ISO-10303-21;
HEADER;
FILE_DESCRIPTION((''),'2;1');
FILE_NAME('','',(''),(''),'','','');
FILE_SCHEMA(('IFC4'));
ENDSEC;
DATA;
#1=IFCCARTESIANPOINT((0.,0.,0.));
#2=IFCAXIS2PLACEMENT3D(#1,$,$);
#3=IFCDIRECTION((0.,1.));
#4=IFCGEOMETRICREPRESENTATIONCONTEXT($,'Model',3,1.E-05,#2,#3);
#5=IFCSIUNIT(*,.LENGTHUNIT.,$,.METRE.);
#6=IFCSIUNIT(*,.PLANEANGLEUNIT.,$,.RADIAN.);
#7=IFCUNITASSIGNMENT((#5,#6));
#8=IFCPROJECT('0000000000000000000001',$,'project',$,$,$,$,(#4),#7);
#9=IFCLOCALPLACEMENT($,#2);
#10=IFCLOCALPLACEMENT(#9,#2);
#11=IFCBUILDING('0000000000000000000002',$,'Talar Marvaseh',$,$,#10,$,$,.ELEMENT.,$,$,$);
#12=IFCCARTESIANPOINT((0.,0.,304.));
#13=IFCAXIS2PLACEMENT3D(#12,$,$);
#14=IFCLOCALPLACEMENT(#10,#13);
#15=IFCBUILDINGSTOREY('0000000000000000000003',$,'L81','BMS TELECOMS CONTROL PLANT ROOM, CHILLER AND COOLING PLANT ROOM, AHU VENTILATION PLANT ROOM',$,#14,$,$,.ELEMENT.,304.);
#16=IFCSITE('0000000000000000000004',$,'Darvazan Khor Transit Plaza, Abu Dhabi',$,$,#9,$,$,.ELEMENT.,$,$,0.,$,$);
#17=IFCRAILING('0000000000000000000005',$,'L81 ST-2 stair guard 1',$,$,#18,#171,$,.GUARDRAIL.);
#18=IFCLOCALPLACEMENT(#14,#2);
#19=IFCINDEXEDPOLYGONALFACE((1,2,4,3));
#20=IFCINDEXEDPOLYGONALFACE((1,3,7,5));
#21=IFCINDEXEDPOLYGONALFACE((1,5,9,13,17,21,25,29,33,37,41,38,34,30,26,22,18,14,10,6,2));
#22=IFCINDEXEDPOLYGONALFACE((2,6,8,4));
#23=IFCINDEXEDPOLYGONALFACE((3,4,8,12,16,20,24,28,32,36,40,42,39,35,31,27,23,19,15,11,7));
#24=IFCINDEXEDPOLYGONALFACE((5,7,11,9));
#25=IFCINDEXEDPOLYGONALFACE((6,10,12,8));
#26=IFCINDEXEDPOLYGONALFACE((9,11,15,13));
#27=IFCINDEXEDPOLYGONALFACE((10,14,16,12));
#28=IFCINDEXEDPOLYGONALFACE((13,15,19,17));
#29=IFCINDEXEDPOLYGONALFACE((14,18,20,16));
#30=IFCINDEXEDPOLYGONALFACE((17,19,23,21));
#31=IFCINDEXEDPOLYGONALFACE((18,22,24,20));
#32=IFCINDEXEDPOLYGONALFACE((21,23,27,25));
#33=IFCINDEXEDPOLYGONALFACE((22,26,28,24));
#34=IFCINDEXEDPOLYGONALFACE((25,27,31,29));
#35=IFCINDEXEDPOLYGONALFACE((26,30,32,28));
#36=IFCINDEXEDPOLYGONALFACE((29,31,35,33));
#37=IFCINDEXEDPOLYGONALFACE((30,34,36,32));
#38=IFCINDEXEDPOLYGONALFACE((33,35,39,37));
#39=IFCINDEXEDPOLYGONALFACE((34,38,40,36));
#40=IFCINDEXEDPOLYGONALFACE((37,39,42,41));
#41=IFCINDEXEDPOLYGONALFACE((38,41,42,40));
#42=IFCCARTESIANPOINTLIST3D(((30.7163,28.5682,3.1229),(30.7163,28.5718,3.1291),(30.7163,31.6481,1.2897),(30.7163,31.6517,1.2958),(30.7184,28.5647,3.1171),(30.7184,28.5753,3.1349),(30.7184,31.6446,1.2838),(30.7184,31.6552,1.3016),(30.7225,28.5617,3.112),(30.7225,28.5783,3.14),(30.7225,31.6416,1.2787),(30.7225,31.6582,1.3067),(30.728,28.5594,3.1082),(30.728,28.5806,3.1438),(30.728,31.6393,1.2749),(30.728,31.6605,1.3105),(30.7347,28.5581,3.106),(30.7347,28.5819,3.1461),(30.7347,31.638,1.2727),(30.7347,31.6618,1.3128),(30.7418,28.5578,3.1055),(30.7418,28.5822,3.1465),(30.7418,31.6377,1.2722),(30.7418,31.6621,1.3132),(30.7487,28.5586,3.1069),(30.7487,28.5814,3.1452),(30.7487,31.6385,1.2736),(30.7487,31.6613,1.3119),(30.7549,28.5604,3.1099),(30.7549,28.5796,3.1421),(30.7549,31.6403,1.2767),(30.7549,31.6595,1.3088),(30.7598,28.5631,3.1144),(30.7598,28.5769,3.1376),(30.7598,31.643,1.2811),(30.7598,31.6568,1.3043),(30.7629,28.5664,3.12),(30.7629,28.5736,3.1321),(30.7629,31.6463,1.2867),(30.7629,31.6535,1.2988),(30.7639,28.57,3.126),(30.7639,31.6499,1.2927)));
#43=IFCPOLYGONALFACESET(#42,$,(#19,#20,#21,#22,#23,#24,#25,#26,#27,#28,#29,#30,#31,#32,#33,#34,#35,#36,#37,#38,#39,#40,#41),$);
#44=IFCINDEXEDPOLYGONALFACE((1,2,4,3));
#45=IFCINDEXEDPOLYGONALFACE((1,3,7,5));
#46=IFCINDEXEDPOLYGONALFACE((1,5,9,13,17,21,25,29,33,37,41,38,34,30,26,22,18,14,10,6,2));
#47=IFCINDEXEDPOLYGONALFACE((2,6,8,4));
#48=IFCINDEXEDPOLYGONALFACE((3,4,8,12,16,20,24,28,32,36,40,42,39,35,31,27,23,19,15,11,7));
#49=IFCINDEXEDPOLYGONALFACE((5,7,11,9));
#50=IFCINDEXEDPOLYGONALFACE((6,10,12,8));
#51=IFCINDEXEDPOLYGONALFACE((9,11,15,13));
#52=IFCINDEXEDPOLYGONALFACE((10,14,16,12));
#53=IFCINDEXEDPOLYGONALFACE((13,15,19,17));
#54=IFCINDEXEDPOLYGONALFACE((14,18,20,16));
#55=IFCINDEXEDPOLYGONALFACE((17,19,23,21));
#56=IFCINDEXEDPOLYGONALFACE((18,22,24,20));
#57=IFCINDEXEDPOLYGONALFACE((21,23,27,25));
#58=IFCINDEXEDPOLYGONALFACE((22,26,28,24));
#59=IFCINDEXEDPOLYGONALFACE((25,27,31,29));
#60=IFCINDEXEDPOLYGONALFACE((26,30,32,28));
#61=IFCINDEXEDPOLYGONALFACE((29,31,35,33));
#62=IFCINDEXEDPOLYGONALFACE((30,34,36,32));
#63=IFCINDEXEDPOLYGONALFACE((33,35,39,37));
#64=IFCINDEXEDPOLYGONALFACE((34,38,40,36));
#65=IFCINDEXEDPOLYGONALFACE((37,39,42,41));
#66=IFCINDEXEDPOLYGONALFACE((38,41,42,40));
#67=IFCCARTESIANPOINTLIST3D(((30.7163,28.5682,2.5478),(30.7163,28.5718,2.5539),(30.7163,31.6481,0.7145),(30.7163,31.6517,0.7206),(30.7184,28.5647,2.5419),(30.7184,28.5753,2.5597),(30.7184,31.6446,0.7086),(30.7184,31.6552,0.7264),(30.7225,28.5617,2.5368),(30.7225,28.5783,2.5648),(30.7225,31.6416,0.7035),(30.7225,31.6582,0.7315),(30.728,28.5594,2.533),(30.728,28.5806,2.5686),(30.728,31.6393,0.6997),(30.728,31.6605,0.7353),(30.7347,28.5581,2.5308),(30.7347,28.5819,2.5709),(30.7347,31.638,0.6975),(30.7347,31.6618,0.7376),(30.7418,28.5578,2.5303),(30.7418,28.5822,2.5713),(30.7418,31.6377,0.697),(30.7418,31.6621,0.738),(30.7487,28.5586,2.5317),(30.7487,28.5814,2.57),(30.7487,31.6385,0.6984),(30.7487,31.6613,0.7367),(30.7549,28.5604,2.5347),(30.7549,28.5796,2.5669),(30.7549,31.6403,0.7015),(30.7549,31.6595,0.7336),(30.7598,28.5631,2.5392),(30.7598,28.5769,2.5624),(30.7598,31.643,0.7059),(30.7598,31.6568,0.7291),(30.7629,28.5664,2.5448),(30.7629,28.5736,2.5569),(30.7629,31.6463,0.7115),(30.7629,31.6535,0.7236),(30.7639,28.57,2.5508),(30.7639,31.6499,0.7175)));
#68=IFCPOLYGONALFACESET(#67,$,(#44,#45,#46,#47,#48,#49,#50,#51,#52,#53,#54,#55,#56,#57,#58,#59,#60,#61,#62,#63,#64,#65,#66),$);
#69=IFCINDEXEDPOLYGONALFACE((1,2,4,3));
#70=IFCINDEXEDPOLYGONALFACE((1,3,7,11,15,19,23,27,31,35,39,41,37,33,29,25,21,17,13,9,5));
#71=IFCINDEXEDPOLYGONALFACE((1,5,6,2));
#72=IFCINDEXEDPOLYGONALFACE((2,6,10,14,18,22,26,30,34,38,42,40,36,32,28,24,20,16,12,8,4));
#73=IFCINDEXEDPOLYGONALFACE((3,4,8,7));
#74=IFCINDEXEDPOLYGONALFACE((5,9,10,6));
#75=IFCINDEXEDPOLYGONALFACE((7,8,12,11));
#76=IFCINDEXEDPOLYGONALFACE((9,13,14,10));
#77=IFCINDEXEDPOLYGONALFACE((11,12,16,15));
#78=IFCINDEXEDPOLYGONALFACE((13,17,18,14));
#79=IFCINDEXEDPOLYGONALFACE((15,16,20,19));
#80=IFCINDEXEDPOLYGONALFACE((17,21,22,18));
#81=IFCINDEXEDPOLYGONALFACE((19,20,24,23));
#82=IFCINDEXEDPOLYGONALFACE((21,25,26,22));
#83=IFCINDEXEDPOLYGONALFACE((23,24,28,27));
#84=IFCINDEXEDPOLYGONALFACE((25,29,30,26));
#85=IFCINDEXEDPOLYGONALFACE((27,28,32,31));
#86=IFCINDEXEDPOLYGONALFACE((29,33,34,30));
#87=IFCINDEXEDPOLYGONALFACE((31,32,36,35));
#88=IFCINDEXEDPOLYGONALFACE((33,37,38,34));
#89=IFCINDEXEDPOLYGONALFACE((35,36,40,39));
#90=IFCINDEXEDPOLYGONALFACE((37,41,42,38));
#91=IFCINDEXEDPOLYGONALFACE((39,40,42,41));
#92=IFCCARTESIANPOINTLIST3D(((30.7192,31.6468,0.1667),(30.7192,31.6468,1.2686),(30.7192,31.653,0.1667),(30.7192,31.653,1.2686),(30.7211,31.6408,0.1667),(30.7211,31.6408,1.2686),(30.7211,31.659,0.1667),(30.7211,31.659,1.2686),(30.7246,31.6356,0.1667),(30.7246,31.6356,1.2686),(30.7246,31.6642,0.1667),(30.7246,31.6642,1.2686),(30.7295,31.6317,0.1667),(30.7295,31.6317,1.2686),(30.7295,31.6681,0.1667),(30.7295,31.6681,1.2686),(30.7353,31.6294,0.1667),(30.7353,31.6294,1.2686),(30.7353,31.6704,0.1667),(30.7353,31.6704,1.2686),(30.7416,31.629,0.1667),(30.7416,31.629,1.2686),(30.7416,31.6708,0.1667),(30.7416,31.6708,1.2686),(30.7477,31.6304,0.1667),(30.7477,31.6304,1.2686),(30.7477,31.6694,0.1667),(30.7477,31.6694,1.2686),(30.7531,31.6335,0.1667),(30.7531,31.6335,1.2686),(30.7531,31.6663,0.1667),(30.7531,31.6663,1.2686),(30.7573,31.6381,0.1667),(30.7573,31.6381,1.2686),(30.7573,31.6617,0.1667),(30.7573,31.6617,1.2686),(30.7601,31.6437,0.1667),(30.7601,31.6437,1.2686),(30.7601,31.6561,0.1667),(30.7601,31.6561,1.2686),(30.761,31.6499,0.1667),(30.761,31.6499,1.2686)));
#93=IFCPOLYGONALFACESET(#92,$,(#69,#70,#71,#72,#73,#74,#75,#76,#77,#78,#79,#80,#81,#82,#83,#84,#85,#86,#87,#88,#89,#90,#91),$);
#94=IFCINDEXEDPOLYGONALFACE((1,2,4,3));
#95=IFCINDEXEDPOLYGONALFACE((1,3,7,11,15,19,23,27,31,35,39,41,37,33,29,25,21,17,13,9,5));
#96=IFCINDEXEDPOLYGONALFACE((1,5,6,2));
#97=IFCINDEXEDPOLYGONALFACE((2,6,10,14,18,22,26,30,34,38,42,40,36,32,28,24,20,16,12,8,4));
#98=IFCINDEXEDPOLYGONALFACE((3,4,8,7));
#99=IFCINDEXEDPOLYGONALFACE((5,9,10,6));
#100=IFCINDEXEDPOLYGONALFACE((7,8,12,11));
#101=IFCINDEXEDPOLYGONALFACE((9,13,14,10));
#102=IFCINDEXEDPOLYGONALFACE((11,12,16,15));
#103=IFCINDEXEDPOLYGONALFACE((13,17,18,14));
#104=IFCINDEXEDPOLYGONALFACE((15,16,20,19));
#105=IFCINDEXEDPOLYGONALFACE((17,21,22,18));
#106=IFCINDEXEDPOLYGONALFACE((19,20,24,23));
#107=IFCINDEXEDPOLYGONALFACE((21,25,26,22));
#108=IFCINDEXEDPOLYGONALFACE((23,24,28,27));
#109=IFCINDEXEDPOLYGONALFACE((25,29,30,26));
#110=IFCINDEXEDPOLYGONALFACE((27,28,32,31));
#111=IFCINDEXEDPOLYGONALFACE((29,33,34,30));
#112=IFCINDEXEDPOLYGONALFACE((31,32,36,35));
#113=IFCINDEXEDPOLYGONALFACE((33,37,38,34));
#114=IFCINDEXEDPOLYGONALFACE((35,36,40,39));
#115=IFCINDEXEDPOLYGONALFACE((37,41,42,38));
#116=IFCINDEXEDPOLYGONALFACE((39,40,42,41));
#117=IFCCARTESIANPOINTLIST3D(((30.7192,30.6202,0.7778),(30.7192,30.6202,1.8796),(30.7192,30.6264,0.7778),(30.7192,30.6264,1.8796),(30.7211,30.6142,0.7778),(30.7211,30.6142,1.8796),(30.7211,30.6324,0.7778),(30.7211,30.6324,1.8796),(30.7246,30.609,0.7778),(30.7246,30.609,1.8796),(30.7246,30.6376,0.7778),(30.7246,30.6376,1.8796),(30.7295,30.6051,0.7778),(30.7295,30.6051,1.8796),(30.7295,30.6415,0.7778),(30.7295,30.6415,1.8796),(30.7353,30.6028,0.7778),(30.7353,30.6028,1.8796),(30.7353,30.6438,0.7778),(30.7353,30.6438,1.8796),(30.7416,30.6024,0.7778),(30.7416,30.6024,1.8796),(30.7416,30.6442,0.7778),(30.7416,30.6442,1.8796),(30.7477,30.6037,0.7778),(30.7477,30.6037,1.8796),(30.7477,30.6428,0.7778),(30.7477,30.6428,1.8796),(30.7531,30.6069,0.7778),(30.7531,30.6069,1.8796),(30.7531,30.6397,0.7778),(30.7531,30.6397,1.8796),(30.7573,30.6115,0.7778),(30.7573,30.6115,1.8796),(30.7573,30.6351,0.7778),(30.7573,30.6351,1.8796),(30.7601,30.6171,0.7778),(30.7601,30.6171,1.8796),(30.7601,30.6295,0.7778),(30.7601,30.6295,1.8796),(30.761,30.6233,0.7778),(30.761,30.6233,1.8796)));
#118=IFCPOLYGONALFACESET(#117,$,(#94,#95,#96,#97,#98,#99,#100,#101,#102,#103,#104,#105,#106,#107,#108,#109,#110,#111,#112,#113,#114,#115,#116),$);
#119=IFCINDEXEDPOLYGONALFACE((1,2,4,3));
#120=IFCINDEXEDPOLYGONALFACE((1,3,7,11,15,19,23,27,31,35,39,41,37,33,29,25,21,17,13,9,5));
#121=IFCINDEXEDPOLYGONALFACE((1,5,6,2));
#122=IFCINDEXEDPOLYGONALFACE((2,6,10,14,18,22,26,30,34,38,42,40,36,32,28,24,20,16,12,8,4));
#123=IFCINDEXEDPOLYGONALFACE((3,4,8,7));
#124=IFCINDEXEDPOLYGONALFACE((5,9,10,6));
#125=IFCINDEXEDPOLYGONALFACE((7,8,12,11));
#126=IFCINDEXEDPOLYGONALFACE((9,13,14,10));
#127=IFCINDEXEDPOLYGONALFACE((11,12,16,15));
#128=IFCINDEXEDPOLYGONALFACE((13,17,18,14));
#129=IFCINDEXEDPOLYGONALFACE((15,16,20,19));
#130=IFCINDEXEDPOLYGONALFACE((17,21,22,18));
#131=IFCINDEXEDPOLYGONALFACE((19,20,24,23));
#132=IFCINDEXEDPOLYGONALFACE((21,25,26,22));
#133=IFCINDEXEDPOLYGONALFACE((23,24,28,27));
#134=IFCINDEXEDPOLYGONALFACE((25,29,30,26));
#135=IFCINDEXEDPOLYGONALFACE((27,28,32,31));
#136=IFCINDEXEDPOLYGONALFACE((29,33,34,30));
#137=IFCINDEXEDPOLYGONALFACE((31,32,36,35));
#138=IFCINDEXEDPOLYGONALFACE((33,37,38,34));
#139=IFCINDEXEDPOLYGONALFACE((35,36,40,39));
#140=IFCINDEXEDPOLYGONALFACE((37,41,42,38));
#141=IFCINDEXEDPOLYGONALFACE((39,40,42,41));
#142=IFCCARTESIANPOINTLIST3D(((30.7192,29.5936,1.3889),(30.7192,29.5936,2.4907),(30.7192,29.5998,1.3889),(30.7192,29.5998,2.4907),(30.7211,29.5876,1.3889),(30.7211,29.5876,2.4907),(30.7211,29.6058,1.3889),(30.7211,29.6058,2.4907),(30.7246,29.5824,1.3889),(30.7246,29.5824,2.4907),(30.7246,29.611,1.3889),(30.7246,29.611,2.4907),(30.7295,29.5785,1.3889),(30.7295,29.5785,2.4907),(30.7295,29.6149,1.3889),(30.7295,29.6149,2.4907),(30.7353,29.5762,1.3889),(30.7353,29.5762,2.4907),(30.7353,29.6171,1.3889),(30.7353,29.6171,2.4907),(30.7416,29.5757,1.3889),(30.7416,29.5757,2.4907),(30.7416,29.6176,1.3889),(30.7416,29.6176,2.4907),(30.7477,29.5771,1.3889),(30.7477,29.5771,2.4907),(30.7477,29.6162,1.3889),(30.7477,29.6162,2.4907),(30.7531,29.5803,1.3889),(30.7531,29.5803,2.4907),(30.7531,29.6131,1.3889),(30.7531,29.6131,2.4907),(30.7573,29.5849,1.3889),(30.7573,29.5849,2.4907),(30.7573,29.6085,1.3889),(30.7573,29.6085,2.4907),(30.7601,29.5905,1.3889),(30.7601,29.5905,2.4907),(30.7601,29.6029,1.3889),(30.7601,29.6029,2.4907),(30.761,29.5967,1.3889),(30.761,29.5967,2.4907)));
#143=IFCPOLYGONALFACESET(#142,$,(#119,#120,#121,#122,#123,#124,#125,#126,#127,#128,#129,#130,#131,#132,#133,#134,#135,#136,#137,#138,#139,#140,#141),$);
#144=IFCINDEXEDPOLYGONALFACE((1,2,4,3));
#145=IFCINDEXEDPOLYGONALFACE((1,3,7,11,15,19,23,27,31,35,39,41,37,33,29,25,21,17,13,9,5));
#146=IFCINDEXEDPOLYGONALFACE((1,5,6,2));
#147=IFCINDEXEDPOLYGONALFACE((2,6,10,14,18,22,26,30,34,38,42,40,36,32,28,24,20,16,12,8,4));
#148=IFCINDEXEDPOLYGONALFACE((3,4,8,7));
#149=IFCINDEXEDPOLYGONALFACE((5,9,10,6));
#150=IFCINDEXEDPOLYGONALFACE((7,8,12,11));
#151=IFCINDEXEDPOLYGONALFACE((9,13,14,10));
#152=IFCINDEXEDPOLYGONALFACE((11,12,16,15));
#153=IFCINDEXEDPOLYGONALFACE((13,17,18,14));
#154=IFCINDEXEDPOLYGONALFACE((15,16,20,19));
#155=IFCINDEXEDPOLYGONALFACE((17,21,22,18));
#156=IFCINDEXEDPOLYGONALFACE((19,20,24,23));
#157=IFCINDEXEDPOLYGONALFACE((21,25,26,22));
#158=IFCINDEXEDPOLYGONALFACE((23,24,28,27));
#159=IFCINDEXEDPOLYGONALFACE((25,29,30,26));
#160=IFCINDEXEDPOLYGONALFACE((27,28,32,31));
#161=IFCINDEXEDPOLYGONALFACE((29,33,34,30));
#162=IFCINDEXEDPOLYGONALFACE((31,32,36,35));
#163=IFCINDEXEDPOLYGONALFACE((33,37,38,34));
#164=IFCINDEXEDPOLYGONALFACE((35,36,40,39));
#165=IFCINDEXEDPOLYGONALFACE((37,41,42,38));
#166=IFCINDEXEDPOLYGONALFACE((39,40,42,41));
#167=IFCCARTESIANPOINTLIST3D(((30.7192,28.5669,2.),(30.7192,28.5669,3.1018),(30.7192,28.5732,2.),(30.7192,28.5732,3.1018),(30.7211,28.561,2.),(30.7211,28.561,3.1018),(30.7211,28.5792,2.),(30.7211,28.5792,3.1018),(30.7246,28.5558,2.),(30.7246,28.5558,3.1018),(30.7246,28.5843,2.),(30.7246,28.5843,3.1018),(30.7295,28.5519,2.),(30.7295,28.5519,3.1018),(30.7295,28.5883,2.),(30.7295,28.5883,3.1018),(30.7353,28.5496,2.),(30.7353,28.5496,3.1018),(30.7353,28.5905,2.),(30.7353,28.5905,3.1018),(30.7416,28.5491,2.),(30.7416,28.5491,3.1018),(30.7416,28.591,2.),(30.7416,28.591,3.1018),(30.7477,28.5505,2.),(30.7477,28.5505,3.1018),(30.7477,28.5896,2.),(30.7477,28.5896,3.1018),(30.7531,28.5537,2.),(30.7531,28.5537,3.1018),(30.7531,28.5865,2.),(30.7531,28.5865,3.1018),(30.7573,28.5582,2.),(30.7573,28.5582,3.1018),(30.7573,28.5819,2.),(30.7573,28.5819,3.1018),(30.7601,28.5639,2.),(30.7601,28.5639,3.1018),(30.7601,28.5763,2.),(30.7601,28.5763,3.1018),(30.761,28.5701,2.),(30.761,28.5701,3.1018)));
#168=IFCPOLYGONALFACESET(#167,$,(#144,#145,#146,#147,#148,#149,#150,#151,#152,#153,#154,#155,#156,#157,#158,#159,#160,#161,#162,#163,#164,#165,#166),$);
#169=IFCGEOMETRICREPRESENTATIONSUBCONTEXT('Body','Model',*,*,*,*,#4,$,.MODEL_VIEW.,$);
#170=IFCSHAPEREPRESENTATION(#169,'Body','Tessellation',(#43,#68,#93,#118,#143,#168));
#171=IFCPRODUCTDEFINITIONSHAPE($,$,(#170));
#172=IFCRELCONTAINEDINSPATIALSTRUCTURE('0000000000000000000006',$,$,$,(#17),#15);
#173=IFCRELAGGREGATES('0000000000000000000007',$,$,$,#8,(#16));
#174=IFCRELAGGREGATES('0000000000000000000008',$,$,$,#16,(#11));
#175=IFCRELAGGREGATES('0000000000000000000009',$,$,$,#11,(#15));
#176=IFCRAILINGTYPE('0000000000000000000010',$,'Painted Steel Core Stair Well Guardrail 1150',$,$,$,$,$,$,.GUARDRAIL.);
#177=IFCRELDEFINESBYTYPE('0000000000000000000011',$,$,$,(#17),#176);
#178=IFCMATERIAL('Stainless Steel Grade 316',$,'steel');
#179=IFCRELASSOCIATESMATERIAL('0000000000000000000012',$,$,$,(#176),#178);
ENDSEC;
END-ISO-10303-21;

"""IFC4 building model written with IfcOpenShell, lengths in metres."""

from ifc_helpers import new_model, si_unit, direction, frame, origin, origin_2d, place, context, subcontext, project, spatial, circle, extrude, material, type_object, element, save


model = new_model("IFC4")

# Units and contexts
model_context = context("Model", 3, precision=1e-05, world=origin(), true_north=direction((0.0, 1.0)))
body_context = subcontext(model_context, "Body", "Model", "MODEL_VIEW")
ifc_project = project(units=[si_unit("LENGTHUNIT", "METRE"), si_unit("PLANEANGLEUNIT", "RADIAN")], contexts=[model_context])

# Site, building, storey
site_placement = place(None, origin())
site = spatial("IfcSite", under=ifc_project, at=site_placement, Name="Darvazan Khor Transit Plaza, Abu Dhabi", CompositionType="ELEMENT", RefElevation=0.0)
building_placement = place(site_placement, origin())
building = spatial("IfcBuilding", under=site, at=building_placement, Name="Talar Marvaseh", CompositionType="ELEMENT")
storey_placement = place(building_placement, frame((0.0, 0.0, 304.0)))
storey = spatial("IfcBuildingStorey", under=building, at=storey_placement, Name="L81", Description="BMS TELECOMS CONTROL PLANT ROOM, CHILLER AND COOLING PLANT ROOM, AHU VENTILATION PLANT ROOM", CompositionType="ELEMENT", Elevation=304.0)

# Railing
ifc_material_1 = material(Name="Stainless Steel Grade 316", Category="steel")
railing_type_1 = type_object("IfcRailingType", Name="Painted Steel Core Stair Well Guardrail 1150", PredefinedType="GUARDRAIL", material=ifc_material_1)
railing_1_placement = place(storey_placement, frame((30.74, 31.6499, 0.1667)))
element("IfcRailing", 1, at=railing_1_placement, inside=storey, type_object=railing_type_1, Name="L81 ST-2 stair guard 1", PredefinedType="GUARDRAIL", context=body_context, shape_type="SweptSolid", body=[
    extrude(circle(Radius=0.0239, at=origin_2d()), frame((0.0, 0.0, 1.126), z_axis=(0.0, -0.859291, 0.511487), x_axis=(1.0, 0.0, 0.0)), (0.0, 0.0, 1.0), 3.5842),
    extrude(circle(Radius=0.0239, at=origin_2d()), frame((0.0, 0.0, 0.5508), z_axis=(0.0, -0.859291, 0.511487), x_axis=(1.0, 0.0, 0.0)), (0.0, 0.0, 1.0), 3.5842),
    extrude(circle(Radius=0.021, at=origin_2d()), origin(), (0.0, 0.0, 1.0), 1.1018),
    extrude(circle(Radius=0.021, at=origin_2d()), frame((0.0, -1.0266, 0.6111)), (0.0, 0.0, 1.0), 1.1018),
    extrude(circle(Radius=0.021, at=origin_2d()), frame((0.0, -2.0532, 1.2222)), (0.0, 0.0, 1.0), 1.1018),
    extrude(circle(Radius=0.021, at=origin_2d()), frame((0.0, -3.0798, 1.8333)), (0.0, 0.0, 1.0), 1.1018),
])

save(model, "model.ifc")
